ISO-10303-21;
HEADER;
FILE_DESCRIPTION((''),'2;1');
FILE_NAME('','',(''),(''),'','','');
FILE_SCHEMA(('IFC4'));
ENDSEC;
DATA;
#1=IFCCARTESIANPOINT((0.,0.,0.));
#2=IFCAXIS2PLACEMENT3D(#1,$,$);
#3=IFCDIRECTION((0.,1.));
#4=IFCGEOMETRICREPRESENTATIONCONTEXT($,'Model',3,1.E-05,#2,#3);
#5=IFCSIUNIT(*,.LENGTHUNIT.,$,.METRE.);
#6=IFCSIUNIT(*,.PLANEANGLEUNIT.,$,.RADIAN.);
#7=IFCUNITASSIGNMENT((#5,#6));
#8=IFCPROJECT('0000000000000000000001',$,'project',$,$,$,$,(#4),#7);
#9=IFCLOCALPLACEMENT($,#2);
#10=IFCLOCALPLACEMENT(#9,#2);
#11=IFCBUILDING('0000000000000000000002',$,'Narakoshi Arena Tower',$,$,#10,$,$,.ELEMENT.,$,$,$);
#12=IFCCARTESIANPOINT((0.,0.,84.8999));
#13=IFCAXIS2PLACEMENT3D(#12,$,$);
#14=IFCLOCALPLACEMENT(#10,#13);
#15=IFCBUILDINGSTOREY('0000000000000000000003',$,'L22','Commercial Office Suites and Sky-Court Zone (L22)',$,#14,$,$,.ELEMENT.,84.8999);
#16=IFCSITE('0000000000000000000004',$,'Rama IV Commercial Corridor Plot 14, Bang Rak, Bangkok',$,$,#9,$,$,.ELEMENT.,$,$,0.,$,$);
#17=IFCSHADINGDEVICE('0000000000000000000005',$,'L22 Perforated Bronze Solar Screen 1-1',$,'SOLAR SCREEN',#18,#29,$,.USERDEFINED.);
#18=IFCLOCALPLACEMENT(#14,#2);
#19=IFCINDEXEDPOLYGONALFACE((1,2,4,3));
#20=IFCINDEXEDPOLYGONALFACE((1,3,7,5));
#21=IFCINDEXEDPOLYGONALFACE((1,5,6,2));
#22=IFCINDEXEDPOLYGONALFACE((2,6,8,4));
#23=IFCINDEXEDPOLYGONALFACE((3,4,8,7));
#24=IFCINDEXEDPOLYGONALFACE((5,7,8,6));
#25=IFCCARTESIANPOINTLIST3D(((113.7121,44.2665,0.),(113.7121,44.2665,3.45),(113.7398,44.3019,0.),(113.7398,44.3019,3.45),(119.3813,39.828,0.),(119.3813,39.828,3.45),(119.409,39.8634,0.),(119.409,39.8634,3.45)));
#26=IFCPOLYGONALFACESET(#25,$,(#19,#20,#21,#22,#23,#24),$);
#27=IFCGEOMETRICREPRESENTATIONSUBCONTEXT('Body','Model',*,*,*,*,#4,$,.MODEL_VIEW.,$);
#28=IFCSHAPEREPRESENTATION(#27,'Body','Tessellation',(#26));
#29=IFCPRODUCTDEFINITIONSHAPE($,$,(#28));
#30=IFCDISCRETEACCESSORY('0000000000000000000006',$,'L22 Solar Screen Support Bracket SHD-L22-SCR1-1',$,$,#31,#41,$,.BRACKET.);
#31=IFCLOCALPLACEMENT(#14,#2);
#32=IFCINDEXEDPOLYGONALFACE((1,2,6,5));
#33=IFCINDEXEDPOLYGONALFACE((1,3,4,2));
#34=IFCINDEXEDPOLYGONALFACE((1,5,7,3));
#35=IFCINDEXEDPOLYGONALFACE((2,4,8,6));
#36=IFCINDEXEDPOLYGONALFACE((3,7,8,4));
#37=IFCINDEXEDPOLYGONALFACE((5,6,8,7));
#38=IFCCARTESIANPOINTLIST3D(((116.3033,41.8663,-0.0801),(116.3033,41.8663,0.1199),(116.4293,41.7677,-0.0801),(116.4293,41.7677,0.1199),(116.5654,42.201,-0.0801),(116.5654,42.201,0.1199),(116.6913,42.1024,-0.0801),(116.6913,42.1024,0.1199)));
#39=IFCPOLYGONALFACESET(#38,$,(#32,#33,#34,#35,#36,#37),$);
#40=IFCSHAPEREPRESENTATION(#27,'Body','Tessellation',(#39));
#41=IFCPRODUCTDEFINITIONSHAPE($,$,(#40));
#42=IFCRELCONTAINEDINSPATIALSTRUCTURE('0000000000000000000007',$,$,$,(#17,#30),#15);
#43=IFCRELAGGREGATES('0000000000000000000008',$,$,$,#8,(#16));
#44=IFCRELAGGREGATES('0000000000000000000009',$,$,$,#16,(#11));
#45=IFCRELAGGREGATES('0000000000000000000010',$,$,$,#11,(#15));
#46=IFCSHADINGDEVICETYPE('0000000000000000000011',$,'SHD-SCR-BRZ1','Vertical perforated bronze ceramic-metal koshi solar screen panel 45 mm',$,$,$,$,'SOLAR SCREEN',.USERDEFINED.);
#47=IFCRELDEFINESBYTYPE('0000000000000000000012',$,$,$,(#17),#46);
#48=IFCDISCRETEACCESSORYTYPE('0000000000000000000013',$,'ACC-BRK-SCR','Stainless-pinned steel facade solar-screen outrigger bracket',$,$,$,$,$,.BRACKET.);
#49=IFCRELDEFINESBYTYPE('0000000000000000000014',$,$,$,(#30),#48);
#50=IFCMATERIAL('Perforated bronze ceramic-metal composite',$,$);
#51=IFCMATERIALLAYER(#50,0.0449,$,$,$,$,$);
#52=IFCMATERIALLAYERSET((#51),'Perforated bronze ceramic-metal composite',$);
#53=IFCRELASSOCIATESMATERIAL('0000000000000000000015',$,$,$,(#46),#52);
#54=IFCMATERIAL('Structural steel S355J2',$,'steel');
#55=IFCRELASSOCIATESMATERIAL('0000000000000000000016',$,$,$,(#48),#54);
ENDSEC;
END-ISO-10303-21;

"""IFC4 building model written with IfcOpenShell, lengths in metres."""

from ifc_helpers import new_model, si_unit, direction, frame, origin, origin_2d, place, context, subcontext, project, spatial, rectangle, extrude, material, layer, layer_set, type_object, element, save


model = new_model("IFC4")

# Units and contexts
model_context = context("Model", 3, precision=1e-05, world=origin(), true_north=direction((0.0, 1.0)))
body_context = subcontext(model_context, "Body", "Model", "MODEL_VIEW")
ifc_project = project(units=[si_unit("LENGTHUNIT", "METRE"), si_unit("PLANEANGLEUNIT", "RADIAN")], contexts=[model_context])

# Site, building, storey
site_placement = place(None, origin())
site = spatial("IfcSite", under=ifc_project, at=site_placement, Name="Rama IV Commercial Corridor Plot 14, Bang Rak, Bangkok", CompositionType="ELEMENT", RefElevation=0.0)
building_placement = place(site_placement, origin())
building = spatial("IfcBuilding", under=site, at=building_placement, Name="Narakoshi Arena Tower", CompositionType="ELEMENT")
storey_placement = place(building_placement, frame((0.0, 0.0, 84.8999)))
storey = spatial("IfcBuildingStorey", under=building, at=storey_placement, Name="L22", Description="Commercial Office Suites and Sky-Court Zone (L22)", CompositionType="ELEMENT", Elevation=84.8999)

# Shared definitions
ifc_material_1 = material(Name="Structural steel S355J2", Category="steel")

# Shading device
ifc_material_2 = material(Name="Perforated bronze ceramic-metal composite")
ifc_layer_1 = layer(ifc_material_2, 0.0449)
ifc_layer_set_1 = layer_set([ifc_layer_1], Name="Perforated bronze ceramic-metal composite")
shading_device_type = type_object("IfcShadingDeviceType", Name="SHD-SCR-BRZ1", Description="Vertical perforated bronze ceramic-metal koshi solar screen panel 45 mm", ElementType="SOLAR SCREEN", PredefinedType="USERDEFINED", material=ifc_layer_set_1)
shading_device_placement = place(storey_placement, frame((116.5605, 42.0649, 0.0), z_axis=(0.0, 0.0, 1.0), x_axis=(-0.787387, 0.616459, 0.0)))
element("IfcShadingDevice", 1, at=shading_device_placement, inside=storey, type_object=shading_device_type, Name="L22 Perforated Bronze Solar Screen 1-1", ObjectType="SOLAR SCREEN", PredefinedType="USERDEFINED", context=body_context, shape_type="SweptSolid", body=[
    extrude(rectangle(XDim=7.2, YDim=0.0449, at=origin_2d()), origin(), (0.0, 0.0, 1.0), 3.45),
])

# Discrete accessory
discrete_accessory_type = type_object("IfcDiscreteAccessoryType", Name="ACC-BRK-SCR", Description="Stainless-pinned steel facade solar-screen outrigger bracket", PredefinedType="BRACKET", material=ifc_material_1)
discrete_accessory_placement = place(storey_placement, frame((116.4973, 41.9844, -0.0801), z_axis=(0.0, 0.0, 1.0), x_axis=(-0.787387, 0.616459, 0.0)))
element("IfcDiscreteAccessory", 2, at=discrete_accessory_placement, inside=storey, type_object=discrete_accessory_type, Name="L22 Solar Screen Support Bracket SHD-L22-SCR1-1", PredefinedType="BRACKET", context=body_context, shape_type="SweptSolid", body=[
    extrude(rectangle(XDim=0.1599, YDim=0.425, at=origin_2d()), origin(), (0.0, 0.0, 1.0), 0.2),
])

save(model, "model.ifc")
